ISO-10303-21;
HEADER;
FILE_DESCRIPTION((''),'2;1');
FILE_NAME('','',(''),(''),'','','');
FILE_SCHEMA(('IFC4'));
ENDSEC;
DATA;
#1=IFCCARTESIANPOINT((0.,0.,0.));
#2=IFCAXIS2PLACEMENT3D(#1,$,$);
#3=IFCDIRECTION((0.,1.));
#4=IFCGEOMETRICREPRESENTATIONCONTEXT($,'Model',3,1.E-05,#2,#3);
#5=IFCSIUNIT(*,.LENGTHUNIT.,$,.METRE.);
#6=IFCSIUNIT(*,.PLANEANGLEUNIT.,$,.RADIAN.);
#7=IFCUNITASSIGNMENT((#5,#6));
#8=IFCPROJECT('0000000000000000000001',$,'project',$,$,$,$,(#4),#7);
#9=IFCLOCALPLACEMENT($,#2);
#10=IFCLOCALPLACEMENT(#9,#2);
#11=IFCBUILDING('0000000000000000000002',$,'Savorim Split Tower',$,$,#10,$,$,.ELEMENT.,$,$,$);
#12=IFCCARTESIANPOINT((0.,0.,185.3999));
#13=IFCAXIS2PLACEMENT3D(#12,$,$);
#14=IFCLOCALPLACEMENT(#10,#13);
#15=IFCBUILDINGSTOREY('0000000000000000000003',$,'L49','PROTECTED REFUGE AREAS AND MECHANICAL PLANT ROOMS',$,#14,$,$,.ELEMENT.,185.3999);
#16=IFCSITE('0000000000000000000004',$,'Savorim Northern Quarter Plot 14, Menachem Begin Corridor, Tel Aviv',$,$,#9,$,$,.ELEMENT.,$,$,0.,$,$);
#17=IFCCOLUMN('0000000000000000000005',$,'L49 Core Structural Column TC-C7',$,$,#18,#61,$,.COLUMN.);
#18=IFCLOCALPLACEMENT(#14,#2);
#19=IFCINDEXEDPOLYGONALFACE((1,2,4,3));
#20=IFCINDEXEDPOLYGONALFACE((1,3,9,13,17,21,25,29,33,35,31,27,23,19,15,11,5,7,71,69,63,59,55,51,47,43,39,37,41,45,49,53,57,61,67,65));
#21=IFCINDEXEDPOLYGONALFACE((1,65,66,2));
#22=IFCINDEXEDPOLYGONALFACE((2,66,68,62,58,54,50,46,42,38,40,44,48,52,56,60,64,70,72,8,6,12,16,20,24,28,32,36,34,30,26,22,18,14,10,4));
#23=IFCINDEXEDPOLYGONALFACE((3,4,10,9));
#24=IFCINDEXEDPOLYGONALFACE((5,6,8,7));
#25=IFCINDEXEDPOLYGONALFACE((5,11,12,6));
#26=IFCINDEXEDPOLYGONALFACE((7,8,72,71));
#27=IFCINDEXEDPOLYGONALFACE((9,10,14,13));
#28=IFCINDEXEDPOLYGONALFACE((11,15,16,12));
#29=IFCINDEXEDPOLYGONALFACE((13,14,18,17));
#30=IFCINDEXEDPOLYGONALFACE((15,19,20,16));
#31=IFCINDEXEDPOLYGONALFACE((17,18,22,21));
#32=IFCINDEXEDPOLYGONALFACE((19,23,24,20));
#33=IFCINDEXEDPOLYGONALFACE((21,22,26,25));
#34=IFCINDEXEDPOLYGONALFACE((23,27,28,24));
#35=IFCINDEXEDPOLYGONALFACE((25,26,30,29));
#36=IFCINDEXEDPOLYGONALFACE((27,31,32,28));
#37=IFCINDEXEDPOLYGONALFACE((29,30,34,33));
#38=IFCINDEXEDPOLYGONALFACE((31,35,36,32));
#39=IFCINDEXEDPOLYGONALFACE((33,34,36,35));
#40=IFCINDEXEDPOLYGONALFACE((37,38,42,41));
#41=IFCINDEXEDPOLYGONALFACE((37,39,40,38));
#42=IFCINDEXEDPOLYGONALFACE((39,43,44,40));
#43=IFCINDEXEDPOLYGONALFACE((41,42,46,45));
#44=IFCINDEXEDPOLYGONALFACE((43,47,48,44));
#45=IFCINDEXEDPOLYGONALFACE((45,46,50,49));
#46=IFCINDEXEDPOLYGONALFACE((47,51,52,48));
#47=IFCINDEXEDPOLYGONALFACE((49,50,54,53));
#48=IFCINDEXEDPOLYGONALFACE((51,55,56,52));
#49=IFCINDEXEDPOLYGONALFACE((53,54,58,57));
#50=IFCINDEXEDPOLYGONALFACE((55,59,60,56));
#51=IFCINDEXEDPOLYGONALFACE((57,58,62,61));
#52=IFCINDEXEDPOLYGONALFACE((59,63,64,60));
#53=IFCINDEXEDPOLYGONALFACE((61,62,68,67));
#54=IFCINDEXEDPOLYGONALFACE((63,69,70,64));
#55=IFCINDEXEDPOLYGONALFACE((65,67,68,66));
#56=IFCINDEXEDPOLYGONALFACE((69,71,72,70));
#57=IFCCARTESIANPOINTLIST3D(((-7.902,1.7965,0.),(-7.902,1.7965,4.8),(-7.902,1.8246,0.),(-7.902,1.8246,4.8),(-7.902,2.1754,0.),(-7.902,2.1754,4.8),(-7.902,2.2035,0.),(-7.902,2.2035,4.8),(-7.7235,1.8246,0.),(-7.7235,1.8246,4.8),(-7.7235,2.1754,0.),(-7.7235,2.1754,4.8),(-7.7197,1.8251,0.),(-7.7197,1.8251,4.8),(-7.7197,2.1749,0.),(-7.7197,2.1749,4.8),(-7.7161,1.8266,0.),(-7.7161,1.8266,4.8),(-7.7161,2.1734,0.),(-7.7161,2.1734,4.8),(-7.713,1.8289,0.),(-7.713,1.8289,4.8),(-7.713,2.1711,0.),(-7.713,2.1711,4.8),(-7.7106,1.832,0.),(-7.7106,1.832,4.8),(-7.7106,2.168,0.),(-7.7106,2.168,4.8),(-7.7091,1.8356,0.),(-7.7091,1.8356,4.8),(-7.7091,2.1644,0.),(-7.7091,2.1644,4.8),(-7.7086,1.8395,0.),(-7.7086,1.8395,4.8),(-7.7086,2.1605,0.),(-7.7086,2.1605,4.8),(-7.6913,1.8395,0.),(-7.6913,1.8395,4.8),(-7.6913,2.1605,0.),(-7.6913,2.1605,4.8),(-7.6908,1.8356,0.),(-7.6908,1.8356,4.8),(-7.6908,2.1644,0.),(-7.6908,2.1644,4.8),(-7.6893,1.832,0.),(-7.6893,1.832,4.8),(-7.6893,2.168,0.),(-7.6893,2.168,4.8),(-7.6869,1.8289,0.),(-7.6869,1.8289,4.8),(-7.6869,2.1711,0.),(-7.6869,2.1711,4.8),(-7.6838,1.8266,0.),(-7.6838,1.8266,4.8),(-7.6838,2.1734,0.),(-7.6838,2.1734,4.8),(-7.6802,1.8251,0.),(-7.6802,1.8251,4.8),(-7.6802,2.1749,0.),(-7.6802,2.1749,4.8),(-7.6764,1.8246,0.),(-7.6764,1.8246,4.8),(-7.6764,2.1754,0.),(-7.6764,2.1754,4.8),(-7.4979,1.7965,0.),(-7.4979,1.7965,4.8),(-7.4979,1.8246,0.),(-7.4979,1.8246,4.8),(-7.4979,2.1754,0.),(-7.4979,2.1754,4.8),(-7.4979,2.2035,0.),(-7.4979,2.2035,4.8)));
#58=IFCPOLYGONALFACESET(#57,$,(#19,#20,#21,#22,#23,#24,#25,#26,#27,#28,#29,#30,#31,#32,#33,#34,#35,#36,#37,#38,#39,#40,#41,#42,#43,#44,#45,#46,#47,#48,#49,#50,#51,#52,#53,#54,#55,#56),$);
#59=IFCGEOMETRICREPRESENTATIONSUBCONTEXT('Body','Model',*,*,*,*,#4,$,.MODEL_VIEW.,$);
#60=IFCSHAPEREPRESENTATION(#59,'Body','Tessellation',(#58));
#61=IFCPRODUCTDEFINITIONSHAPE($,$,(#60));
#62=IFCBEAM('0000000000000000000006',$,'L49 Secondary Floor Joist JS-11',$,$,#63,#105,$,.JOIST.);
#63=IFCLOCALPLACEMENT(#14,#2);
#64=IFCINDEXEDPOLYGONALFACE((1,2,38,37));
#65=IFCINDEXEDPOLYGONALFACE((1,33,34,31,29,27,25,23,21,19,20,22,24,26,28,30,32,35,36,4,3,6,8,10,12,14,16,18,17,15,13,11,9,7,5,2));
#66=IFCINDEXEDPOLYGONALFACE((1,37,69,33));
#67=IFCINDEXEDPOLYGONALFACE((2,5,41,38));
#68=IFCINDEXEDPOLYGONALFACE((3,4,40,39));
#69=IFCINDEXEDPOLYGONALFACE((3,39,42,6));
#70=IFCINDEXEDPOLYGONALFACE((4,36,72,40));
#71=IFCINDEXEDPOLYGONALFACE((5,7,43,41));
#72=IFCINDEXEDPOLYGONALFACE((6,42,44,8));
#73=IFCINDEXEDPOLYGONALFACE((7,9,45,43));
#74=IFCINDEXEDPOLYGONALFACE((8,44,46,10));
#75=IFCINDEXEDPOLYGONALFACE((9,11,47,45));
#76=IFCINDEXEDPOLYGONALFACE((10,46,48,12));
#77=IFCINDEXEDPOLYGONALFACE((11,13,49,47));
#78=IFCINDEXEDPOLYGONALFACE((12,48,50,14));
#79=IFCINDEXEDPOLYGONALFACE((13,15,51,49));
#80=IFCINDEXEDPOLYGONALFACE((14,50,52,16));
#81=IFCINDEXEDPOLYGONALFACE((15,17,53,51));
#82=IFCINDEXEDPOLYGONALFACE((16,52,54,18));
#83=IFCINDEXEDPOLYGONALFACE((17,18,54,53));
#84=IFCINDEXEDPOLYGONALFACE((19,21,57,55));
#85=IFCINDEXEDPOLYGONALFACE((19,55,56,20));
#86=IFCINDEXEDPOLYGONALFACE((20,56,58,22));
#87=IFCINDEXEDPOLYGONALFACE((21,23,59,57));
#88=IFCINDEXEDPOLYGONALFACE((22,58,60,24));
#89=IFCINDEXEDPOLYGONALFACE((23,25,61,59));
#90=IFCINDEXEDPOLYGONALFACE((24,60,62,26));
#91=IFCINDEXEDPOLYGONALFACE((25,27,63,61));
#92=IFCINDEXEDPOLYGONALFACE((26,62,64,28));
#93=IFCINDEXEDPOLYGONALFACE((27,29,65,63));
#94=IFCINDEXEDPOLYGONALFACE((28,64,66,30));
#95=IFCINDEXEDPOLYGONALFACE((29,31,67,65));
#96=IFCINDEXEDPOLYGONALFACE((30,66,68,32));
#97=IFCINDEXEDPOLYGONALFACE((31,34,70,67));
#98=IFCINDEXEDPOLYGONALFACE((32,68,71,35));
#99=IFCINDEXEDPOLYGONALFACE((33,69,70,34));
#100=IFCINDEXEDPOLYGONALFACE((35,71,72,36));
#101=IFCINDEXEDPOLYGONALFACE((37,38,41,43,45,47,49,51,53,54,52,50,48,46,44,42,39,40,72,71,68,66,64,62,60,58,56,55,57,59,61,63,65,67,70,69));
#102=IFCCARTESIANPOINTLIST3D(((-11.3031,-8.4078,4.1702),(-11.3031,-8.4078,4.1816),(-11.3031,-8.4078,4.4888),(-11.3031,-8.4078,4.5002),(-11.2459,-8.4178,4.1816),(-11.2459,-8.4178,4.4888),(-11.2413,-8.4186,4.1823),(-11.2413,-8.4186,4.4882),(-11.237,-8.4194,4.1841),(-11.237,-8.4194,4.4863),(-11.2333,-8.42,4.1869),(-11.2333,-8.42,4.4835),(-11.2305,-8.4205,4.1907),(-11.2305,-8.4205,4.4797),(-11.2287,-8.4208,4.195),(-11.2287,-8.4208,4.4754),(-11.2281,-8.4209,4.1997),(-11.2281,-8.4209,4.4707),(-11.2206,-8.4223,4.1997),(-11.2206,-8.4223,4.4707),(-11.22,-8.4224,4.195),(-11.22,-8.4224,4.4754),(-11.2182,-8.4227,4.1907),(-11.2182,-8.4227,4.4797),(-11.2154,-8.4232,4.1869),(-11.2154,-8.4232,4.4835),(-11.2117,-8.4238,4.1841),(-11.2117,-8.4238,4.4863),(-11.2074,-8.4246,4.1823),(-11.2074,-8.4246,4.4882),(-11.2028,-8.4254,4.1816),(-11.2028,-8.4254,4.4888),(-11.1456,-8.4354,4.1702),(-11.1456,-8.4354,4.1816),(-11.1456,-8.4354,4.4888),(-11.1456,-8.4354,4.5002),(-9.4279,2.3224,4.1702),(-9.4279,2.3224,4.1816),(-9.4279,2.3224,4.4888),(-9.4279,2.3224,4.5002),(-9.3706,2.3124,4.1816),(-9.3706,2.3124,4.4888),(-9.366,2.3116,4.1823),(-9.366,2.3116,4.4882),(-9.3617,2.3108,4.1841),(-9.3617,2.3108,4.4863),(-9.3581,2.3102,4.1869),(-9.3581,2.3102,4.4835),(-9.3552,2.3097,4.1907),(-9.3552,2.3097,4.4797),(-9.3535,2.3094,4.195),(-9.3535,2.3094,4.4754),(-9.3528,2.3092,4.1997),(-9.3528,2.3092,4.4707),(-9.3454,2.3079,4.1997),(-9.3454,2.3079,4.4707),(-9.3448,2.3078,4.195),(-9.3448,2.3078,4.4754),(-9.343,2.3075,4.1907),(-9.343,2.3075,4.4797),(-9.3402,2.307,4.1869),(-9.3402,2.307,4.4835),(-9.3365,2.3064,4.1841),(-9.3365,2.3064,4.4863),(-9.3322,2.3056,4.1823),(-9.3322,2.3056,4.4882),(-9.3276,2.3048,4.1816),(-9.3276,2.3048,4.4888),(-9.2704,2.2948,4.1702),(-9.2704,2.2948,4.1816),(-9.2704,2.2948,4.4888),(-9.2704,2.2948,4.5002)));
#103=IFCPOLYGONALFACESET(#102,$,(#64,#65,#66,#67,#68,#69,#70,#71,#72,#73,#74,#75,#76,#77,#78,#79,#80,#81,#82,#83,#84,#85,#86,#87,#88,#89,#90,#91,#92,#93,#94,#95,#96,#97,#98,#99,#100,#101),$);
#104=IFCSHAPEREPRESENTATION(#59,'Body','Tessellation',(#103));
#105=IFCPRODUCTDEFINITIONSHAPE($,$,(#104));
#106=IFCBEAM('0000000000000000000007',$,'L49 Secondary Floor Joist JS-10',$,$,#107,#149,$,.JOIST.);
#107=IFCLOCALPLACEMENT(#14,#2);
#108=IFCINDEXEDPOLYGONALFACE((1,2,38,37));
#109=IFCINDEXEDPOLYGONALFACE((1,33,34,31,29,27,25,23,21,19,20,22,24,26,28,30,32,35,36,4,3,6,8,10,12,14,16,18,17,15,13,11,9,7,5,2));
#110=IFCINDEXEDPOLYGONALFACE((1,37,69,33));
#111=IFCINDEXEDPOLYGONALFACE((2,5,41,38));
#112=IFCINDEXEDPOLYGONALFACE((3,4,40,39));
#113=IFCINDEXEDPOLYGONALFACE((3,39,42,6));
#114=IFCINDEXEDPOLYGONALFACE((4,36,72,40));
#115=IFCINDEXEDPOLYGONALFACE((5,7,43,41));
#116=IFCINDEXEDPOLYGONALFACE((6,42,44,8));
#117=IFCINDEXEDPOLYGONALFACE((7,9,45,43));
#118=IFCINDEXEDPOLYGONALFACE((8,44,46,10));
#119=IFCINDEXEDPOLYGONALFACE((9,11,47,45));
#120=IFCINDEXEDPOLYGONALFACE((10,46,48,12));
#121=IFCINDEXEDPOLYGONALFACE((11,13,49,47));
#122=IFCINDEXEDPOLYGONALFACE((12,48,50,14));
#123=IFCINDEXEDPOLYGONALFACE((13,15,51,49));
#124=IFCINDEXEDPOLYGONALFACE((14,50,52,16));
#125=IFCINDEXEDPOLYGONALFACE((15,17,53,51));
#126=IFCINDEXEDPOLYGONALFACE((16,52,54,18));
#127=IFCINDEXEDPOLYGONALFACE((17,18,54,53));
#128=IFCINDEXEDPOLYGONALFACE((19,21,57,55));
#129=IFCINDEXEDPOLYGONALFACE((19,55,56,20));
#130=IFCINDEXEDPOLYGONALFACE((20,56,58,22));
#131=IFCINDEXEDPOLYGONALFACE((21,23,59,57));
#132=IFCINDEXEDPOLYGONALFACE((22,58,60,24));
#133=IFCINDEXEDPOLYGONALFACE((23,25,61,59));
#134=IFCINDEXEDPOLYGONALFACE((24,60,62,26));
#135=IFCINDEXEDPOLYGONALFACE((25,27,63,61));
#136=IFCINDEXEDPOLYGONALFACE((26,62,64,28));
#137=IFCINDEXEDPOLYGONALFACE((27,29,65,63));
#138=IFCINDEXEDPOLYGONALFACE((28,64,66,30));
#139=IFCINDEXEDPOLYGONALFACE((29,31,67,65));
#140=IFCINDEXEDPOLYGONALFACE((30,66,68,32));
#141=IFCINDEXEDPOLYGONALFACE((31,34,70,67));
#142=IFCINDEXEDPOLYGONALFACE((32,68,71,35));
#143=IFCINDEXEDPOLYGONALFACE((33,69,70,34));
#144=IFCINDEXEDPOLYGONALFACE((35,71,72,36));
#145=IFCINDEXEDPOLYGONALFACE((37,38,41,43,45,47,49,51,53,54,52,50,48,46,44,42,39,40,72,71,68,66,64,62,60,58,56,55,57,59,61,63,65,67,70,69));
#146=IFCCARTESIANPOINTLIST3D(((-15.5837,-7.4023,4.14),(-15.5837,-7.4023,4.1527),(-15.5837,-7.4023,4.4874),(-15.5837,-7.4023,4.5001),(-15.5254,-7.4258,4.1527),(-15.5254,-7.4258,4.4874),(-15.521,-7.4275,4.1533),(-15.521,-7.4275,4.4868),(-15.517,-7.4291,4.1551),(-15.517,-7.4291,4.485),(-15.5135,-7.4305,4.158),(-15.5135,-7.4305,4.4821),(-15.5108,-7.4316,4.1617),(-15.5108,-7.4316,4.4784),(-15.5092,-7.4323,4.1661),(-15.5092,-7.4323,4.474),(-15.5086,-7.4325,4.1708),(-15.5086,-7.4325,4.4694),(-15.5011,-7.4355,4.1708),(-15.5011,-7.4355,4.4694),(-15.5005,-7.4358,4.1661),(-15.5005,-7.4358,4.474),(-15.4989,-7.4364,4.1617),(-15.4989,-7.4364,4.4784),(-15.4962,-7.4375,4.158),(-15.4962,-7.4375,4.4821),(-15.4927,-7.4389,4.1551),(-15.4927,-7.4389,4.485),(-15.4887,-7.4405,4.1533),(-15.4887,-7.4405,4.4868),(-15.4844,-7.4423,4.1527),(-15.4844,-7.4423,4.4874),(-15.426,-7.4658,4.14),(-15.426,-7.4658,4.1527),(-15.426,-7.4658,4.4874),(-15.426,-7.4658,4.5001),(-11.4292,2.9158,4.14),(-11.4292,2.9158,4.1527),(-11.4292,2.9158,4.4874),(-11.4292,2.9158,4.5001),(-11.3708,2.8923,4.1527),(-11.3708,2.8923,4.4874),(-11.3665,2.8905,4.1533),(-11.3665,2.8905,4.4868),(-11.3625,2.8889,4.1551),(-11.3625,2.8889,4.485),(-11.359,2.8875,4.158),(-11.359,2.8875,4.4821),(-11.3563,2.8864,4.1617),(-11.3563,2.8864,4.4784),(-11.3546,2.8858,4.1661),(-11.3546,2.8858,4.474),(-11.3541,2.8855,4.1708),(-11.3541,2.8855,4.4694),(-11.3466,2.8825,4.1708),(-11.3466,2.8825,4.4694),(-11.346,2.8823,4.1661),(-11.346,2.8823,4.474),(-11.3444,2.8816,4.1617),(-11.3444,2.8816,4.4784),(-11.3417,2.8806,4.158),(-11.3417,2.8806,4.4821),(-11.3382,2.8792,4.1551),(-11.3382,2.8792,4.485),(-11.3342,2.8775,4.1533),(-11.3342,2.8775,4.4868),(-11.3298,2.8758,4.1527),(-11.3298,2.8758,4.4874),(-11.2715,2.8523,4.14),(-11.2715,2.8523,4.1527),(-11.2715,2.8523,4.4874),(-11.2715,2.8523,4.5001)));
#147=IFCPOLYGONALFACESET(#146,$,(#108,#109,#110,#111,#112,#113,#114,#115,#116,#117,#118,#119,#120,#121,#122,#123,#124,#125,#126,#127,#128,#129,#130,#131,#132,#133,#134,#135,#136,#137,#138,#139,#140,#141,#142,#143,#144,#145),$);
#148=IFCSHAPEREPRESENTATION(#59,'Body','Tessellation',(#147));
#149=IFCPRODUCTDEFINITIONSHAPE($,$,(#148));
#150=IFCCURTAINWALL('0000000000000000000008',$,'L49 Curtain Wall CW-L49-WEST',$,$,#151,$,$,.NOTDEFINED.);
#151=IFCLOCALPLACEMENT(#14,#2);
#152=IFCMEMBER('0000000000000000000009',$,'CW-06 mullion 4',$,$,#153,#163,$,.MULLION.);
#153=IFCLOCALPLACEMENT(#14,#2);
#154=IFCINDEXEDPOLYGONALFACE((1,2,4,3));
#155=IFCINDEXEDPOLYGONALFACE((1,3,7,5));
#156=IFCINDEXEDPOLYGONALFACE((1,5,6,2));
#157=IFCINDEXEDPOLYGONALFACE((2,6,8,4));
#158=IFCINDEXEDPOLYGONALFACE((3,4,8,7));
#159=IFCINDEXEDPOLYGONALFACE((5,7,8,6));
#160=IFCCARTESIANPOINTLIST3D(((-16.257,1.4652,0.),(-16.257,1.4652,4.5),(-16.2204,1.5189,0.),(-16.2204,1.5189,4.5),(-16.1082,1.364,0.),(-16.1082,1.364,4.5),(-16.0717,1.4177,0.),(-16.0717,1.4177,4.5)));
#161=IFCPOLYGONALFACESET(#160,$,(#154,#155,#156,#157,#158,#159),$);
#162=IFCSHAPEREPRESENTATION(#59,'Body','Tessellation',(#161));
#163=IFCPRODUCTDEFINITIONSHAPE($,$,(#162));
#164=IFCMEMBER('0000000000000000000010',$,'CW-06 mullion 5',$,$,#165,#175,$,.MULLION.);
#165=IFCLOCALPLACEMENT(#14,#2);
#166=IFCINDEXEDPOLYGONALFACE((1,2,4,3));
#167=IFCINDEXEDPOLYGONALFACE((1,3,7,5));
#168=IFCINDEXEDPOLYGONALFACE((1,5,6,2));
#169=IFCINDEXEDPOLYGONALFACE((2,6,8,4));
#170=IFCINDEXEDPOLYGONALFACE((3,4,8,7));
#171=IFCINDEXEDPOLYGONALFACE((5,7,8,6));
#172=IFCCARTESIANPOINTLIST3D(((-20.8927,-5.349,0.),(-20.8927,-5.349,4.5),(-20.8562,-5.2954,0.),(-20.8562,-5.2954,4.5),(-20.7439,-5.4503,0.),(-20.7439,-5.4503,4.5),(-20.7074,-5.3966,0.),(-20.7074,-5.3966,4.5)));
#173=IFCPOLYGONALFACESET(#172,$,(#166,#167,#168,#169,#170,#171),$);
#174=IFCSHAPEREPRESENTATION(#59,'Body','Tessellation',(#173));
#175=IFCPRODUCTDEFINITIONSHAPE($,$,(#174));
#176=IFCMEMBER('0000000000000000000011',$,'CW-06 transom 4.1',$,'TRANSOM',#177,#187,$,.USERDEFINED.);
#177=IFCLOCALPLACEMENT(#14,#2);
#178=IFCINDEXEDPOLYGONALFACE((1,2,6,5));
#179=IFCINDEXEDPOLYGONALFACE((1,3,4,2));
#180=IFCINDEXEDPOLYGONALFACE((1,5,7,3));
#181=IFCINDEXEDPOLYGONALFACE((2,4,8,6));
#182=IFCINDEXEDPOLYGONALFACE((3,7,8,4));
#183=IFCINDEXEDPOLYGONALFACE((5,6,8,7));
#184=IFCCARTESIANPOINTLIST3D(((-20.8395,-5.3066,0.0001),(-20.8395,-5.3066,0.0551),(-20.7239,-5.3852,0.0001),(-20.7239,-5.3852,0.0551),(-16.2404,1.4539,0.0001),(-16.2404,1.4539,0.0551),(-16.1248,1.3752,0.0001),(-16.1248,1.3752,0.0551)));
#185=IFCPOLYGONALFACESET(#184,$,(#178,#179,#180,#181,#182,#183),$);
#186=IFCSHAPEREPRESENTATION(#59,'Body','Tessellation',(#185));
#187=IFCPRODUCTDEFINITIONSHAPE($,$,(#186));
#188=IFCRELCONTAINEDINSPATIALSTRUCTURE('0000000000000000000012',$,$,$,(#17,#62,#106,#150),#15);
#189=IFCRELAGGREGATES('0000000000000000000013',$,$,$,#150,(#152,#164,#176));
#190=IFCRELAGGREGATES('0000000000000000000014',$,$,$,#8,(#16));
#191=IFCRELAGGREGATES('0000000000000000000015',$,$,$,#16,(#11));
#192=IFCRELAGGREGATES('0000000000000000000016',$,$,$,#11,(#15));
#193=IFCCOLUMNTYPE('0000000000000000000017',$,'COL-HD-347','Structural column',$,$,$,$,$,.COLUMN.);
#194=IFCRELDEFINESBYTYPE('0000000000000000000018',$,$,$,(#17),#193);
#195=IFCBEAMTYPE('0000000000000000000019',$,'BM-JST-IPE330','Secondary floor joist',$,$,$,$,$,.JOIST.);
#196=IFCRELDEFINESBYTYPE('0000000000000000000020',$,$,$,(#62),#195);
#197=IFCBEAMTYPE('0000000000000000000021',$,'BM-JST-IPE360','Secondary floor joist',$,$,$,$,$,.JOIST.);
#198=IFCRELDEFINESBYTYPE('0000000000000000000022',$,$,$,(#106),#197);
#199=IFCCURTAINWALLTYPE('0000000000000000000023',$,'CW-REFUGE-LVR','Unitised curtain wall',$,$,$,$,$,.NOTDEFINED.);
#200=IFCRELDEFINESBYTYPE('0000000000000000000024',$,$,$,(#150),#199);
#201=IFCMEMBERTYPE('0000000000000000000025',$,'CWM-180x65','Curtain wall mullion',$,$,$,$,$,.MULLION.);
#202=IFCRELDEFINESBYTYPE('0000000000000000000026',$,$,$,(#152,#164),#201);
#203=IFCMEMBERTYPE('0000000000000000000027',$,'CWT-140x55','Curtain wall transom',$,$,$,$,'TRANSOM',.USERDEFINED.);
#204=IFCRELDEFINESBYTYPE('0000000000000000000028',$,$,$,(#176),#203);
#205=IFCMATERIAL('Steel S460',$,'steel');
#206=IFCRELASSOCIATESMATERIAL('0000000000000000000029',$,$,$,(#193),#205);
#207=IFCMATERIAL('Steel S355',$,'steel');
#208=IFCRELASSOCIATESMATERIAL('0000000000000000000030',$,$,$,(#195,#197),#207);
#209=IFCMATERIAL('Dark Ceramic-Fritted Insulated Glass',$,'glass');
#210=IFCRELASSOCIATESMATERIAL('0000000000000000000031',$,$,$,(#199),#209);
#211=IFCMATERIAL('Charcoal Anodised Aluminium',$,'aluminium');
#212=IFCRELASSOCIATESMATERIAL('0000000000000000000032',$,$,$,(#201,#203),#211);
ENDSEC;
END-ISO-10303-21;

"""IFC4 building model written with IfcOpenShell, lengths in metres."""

from ifc_helpers import new_model, si_unit, direction, frame, origin, origin_2d, place, context, subcontext, project, spatial, rectangle, i_section, extrude, material, material_profile, profile_set, type_object, element, aggregate, save


model = new_model("IFC4")

# Units and contexts
model_context = context("Model", 3, precision=1e-05, world=origin(), true_north=direction((0.0, 1.0)))
body_context = subcontext(model_context, "Body", "Model", "MODEL_VIEW")
ifc_project = project(units=[si_unit("LENGTHUNIT", "METRE"), si_unit("PLANEANGLEUNIT", "RADIAN")], contexts=[model_context])

# Site, building, storey
site_placement = place(None, origin())
site = spatial("IfcSite", under=ifc_project, at=site_placement, Name="Savorim Northern Quarter Plot 14, Menachem Begin Corridor, Tel Aviv", CompositionType="ELEMENT", RefElevation=0.0)
building_placement = place(site_placement, origin())
building = spatial("IfcBuilding", under=site, at=building_placement, Name="Savorim Split Tower", CompositionType="ELEMENT")
storey_placement = place(building_placement, frame((0.0, 0.0, 185.3999)))
storey = spatial("IfcBuildingStorey", under=building, at=storey_placement, Name="L49", Description="PROTECTED REFUGE AREAS AND MECHANICAL PLANT ROOMS", CompositionType="ELEMENT", Elevation=185.3999)

# Column
ifc_material_1 = material(Name="Steel S460", Category="steel")
ifc_material_profile_1 = material_profile(ifc_material_1, i_section(OverallWidth=0.4041, OverallDepth=0.407, WebThickness=0.0173, FlangeThickness=0.0281, FilletRadius=0.0149, at=origin_2d()), Name="HD 400x347")
ifc_profile_set_1 = profile_set([ifc_material_profile_1], Name="Steel S460")
column_type = type_object("IfcColumnType", Name="COL-HD-347", Description="Structural column", PredefinedType="COLUMN", material=ifc_profile_set_1)
column_placement = place(storey_placement, frame((-7.7, 2.0, 0.0), z_axis=(0.0, 0.0, 1.0), x_axis=(1.0, 0.0, 0.0)))
element("IfcColumn", 1, at=column_placement, inside=storey, type_object=column_type, Name="L49 Core Structural Column TC-C7", PredefinedType="COLUMN", context=body_context, shape_type="SweptSolid", body=[
    extrude(i_section(OverallWidth=0.4041, OverallDepth=0.407, WebThickness=0.0173, FlangeThickness=0.0281, FilletRadius=0.0149, at=origin_2d()), origin(), (0.0, 0.0, 1.0), 4.8),
])

# Beams
ifc_material_2 = material(Name="Steel S355", Category="steel")
ifc_material_profile_2 = material_profile(ifc_material_2, i_section(OverallWidth=0.1599, OverallDepth=0.3301, WebThickness=0.0076, FlangeThickness=0.0115, FilletRadius=0.0181, at=origin_2d()), Name="IPE 330")
ifc_profile_set_2 = profile_set([ifc_material_profile_2], Name="Steel S355")
beam_type_1 = type_object("IfcBeamType", Name="BM-JST-IPE330", Description="Secondary floor joist", PredefinedType="JOIST", material=ifc_profile_set_2)
beam_1_placement = place(storey_placement, frame((-9.3491, 2.3086, 4.3352), z_axis=(-0.172154, -0.98507, 0.0), x_axis=(0.98507, -0.172154, 0.0)))
element("IfcBeam", 2, at=beam_1_placement, inside=storey, type_object=beam_type_1, Name="L49 Secondary Floor Joist JS-11", PredefinedType="JOIST", context=body_context, shape_type="SweptSolid", body=[
    extrude(i_section(OverallWidth=0.1599, OverallDepth=0.3301, WebThickness=0.0076, FlangeThickness=0.0115, FilletRadius=0.0181, at=origin_2d()), origin(), (0.0, 0.0, 1.0), 10.8928),
])
ifc_material_profile_3 = material_profile(ifc_material_2, i_section(OverallWidth=0.1699, OverallDepth=0.3601, WebThickness=0.0081, FlangeThickness=0.0127, FilletRadius=0.0181, at=origin_2d()), Name="IPE 360")
ifc_profile_set_3 = profile_set([ifc_material_profile_3], Name="Steel S355")
beam_type_2 = type_object("IfcBeamType", Name="BM-JST-IPE360", Description="Secondary floor joist", PredefinedType="JOIST", material=ifc_profile_set_3)
beam_2_placement = place(storey_placement, frame((-11.3503, 2.884, 4.3201), z_axis=(-0.373505, -0.927628, 0.0), x_axis=(0.927628, -0.373505, 0.0)))
element("IfcBeam", 3, at=beam_2_placement, inside=storey, type_object=beam_type_2, Name="L49 Secondary Floor Joist JS-10", PredefinedType="JOIST", context=body_context, shape_type="SweptSolid", body=[
    extrude(i_section(OverallWidth=0.1699, OverallDepth=0.3601, WebThickness=0.0081, FlangeThickness=0.0127, FilletRadius=0.0181, at=origin_2d()), origin(), (0.0, 0.0, 1.0), 11.123),
])

# Curtain wall, members
ifc_material_3 = material(Name="Dark Ceramic-Fritted Insulated Glass", Category="glass")
curtain_wall_type = type_object("IfcCurtainWallType", Name="CW-REFUGE-LVR", Description="Unitised curtain wall", PredefinedType="NOTDEFINED", material=ifc_material_3)
curtain_wall_placement = place(storey_placement, origin())
curtain_wall = element("IfcCurtainWall", 4, at=curtain_wall_placement, inside=storey, type_object=curtain_wall_type, Name="L49 Curtain Wall CW-L49-WEST", PredefinedType="NOTDEFINED")
ifc_material_4 = material(Name="Charcoal Anodised Aluminium", Category="aluminium")
ifc_material_profile_4 = material_profile(ifc_material_4, rectangle(XDim=0.1799, YDim=0.0649, at=origin_2d()), Name="ALU-M 180x65")
ifc_profile_set_4 = profile_set([ifc_material_profile_4], Name="Charcoal Anodised Aluminium")
member_type_1 = type_object("IfcMemberType", Name="CWM-180x65", Description="Curtain wall mullion", PredefinedType="MULLION", material=ifc_profile_set_4)
member_1_placement = place(storey_placement, frame((-16.1643, 1.4414, 0.0), z_axis=(0.0, 0.0, 1.0), x_axis=(0.82682, -0.562466, 0.0)))
member_1 = element("IfcMember", 5, at=member_1_placement, type_object=member_type_1, Name="CW-06 mullion 4", PredefinedType="MULLION", context=body_context, shape_type="SweptSolid", body=[
    extrude(rectangle(XDim=0.1799, YDim=0.0649, at=origin_2d()), origin(), (0.0, 0.0, 1.0), 4.5),
])
member_2_placement = place(storey_placement, frame((-20.8, -5.3728, 0.0), z_axis=(0.0, 0.0, 1.0), x_axis=(0.82682, -0.562466, 0.0)))
member_2 = element("IfcMember", 6, at=member_2_placement, type_object=member_type_1, Name="CW-06 mullion 5", PredefinedType="MULLION", context=body_context, shape_type="SweptSolid", body=[
    extrude(rectangle(XDim=0.1799, YDim=0.0649, at=origin_2d()), origin(), (0.0, 0.0, 1.0), 4.5),
])
ifc_material_profile_5 = material_profile(ifc_material_4, rectangle(XDim=0.1399, YDim=0.0549, at=origin_2d()), Name="ALU-T 140x55")
ifc_profile_set_5 = profile_set([ifc_material_profile_5], Name="Charcoal Anodised Aluminium")
member_type_2 = type_object("IfcMemberType", Name="CWT-140x55", Description="Curtain wall transom", ElementType="TRANSOM", PredefinedType="USERDEFINED", material=ifc_profile_set_5)
member_3_placement = place(storey_placement, frame((-16.1826, 1.4146, 0.0276), z_axis=(-0.562476, -0.826814, 0.0), x_axis=(0.826814, -0.562476, 0.0)))
member_3 = element("IfcMember", 7, at=member_3_placement, type_object=member_type_2, Name="CW-06 transom 4.1", ObjectType="TRANSOM", PredefinedType="USERDEFINED", context=body_context, shape_type="SweptSolid", body=[
    extrude(rectangle(XDim=0.1399, YDim=0.0549, at=origin_2d()), origin(), (0.0, 0.0, 1.0), 8.1765),
])
aggregate(curtain_wall, [member_1, member_2, member_3])

save(model, "model.ifc")
